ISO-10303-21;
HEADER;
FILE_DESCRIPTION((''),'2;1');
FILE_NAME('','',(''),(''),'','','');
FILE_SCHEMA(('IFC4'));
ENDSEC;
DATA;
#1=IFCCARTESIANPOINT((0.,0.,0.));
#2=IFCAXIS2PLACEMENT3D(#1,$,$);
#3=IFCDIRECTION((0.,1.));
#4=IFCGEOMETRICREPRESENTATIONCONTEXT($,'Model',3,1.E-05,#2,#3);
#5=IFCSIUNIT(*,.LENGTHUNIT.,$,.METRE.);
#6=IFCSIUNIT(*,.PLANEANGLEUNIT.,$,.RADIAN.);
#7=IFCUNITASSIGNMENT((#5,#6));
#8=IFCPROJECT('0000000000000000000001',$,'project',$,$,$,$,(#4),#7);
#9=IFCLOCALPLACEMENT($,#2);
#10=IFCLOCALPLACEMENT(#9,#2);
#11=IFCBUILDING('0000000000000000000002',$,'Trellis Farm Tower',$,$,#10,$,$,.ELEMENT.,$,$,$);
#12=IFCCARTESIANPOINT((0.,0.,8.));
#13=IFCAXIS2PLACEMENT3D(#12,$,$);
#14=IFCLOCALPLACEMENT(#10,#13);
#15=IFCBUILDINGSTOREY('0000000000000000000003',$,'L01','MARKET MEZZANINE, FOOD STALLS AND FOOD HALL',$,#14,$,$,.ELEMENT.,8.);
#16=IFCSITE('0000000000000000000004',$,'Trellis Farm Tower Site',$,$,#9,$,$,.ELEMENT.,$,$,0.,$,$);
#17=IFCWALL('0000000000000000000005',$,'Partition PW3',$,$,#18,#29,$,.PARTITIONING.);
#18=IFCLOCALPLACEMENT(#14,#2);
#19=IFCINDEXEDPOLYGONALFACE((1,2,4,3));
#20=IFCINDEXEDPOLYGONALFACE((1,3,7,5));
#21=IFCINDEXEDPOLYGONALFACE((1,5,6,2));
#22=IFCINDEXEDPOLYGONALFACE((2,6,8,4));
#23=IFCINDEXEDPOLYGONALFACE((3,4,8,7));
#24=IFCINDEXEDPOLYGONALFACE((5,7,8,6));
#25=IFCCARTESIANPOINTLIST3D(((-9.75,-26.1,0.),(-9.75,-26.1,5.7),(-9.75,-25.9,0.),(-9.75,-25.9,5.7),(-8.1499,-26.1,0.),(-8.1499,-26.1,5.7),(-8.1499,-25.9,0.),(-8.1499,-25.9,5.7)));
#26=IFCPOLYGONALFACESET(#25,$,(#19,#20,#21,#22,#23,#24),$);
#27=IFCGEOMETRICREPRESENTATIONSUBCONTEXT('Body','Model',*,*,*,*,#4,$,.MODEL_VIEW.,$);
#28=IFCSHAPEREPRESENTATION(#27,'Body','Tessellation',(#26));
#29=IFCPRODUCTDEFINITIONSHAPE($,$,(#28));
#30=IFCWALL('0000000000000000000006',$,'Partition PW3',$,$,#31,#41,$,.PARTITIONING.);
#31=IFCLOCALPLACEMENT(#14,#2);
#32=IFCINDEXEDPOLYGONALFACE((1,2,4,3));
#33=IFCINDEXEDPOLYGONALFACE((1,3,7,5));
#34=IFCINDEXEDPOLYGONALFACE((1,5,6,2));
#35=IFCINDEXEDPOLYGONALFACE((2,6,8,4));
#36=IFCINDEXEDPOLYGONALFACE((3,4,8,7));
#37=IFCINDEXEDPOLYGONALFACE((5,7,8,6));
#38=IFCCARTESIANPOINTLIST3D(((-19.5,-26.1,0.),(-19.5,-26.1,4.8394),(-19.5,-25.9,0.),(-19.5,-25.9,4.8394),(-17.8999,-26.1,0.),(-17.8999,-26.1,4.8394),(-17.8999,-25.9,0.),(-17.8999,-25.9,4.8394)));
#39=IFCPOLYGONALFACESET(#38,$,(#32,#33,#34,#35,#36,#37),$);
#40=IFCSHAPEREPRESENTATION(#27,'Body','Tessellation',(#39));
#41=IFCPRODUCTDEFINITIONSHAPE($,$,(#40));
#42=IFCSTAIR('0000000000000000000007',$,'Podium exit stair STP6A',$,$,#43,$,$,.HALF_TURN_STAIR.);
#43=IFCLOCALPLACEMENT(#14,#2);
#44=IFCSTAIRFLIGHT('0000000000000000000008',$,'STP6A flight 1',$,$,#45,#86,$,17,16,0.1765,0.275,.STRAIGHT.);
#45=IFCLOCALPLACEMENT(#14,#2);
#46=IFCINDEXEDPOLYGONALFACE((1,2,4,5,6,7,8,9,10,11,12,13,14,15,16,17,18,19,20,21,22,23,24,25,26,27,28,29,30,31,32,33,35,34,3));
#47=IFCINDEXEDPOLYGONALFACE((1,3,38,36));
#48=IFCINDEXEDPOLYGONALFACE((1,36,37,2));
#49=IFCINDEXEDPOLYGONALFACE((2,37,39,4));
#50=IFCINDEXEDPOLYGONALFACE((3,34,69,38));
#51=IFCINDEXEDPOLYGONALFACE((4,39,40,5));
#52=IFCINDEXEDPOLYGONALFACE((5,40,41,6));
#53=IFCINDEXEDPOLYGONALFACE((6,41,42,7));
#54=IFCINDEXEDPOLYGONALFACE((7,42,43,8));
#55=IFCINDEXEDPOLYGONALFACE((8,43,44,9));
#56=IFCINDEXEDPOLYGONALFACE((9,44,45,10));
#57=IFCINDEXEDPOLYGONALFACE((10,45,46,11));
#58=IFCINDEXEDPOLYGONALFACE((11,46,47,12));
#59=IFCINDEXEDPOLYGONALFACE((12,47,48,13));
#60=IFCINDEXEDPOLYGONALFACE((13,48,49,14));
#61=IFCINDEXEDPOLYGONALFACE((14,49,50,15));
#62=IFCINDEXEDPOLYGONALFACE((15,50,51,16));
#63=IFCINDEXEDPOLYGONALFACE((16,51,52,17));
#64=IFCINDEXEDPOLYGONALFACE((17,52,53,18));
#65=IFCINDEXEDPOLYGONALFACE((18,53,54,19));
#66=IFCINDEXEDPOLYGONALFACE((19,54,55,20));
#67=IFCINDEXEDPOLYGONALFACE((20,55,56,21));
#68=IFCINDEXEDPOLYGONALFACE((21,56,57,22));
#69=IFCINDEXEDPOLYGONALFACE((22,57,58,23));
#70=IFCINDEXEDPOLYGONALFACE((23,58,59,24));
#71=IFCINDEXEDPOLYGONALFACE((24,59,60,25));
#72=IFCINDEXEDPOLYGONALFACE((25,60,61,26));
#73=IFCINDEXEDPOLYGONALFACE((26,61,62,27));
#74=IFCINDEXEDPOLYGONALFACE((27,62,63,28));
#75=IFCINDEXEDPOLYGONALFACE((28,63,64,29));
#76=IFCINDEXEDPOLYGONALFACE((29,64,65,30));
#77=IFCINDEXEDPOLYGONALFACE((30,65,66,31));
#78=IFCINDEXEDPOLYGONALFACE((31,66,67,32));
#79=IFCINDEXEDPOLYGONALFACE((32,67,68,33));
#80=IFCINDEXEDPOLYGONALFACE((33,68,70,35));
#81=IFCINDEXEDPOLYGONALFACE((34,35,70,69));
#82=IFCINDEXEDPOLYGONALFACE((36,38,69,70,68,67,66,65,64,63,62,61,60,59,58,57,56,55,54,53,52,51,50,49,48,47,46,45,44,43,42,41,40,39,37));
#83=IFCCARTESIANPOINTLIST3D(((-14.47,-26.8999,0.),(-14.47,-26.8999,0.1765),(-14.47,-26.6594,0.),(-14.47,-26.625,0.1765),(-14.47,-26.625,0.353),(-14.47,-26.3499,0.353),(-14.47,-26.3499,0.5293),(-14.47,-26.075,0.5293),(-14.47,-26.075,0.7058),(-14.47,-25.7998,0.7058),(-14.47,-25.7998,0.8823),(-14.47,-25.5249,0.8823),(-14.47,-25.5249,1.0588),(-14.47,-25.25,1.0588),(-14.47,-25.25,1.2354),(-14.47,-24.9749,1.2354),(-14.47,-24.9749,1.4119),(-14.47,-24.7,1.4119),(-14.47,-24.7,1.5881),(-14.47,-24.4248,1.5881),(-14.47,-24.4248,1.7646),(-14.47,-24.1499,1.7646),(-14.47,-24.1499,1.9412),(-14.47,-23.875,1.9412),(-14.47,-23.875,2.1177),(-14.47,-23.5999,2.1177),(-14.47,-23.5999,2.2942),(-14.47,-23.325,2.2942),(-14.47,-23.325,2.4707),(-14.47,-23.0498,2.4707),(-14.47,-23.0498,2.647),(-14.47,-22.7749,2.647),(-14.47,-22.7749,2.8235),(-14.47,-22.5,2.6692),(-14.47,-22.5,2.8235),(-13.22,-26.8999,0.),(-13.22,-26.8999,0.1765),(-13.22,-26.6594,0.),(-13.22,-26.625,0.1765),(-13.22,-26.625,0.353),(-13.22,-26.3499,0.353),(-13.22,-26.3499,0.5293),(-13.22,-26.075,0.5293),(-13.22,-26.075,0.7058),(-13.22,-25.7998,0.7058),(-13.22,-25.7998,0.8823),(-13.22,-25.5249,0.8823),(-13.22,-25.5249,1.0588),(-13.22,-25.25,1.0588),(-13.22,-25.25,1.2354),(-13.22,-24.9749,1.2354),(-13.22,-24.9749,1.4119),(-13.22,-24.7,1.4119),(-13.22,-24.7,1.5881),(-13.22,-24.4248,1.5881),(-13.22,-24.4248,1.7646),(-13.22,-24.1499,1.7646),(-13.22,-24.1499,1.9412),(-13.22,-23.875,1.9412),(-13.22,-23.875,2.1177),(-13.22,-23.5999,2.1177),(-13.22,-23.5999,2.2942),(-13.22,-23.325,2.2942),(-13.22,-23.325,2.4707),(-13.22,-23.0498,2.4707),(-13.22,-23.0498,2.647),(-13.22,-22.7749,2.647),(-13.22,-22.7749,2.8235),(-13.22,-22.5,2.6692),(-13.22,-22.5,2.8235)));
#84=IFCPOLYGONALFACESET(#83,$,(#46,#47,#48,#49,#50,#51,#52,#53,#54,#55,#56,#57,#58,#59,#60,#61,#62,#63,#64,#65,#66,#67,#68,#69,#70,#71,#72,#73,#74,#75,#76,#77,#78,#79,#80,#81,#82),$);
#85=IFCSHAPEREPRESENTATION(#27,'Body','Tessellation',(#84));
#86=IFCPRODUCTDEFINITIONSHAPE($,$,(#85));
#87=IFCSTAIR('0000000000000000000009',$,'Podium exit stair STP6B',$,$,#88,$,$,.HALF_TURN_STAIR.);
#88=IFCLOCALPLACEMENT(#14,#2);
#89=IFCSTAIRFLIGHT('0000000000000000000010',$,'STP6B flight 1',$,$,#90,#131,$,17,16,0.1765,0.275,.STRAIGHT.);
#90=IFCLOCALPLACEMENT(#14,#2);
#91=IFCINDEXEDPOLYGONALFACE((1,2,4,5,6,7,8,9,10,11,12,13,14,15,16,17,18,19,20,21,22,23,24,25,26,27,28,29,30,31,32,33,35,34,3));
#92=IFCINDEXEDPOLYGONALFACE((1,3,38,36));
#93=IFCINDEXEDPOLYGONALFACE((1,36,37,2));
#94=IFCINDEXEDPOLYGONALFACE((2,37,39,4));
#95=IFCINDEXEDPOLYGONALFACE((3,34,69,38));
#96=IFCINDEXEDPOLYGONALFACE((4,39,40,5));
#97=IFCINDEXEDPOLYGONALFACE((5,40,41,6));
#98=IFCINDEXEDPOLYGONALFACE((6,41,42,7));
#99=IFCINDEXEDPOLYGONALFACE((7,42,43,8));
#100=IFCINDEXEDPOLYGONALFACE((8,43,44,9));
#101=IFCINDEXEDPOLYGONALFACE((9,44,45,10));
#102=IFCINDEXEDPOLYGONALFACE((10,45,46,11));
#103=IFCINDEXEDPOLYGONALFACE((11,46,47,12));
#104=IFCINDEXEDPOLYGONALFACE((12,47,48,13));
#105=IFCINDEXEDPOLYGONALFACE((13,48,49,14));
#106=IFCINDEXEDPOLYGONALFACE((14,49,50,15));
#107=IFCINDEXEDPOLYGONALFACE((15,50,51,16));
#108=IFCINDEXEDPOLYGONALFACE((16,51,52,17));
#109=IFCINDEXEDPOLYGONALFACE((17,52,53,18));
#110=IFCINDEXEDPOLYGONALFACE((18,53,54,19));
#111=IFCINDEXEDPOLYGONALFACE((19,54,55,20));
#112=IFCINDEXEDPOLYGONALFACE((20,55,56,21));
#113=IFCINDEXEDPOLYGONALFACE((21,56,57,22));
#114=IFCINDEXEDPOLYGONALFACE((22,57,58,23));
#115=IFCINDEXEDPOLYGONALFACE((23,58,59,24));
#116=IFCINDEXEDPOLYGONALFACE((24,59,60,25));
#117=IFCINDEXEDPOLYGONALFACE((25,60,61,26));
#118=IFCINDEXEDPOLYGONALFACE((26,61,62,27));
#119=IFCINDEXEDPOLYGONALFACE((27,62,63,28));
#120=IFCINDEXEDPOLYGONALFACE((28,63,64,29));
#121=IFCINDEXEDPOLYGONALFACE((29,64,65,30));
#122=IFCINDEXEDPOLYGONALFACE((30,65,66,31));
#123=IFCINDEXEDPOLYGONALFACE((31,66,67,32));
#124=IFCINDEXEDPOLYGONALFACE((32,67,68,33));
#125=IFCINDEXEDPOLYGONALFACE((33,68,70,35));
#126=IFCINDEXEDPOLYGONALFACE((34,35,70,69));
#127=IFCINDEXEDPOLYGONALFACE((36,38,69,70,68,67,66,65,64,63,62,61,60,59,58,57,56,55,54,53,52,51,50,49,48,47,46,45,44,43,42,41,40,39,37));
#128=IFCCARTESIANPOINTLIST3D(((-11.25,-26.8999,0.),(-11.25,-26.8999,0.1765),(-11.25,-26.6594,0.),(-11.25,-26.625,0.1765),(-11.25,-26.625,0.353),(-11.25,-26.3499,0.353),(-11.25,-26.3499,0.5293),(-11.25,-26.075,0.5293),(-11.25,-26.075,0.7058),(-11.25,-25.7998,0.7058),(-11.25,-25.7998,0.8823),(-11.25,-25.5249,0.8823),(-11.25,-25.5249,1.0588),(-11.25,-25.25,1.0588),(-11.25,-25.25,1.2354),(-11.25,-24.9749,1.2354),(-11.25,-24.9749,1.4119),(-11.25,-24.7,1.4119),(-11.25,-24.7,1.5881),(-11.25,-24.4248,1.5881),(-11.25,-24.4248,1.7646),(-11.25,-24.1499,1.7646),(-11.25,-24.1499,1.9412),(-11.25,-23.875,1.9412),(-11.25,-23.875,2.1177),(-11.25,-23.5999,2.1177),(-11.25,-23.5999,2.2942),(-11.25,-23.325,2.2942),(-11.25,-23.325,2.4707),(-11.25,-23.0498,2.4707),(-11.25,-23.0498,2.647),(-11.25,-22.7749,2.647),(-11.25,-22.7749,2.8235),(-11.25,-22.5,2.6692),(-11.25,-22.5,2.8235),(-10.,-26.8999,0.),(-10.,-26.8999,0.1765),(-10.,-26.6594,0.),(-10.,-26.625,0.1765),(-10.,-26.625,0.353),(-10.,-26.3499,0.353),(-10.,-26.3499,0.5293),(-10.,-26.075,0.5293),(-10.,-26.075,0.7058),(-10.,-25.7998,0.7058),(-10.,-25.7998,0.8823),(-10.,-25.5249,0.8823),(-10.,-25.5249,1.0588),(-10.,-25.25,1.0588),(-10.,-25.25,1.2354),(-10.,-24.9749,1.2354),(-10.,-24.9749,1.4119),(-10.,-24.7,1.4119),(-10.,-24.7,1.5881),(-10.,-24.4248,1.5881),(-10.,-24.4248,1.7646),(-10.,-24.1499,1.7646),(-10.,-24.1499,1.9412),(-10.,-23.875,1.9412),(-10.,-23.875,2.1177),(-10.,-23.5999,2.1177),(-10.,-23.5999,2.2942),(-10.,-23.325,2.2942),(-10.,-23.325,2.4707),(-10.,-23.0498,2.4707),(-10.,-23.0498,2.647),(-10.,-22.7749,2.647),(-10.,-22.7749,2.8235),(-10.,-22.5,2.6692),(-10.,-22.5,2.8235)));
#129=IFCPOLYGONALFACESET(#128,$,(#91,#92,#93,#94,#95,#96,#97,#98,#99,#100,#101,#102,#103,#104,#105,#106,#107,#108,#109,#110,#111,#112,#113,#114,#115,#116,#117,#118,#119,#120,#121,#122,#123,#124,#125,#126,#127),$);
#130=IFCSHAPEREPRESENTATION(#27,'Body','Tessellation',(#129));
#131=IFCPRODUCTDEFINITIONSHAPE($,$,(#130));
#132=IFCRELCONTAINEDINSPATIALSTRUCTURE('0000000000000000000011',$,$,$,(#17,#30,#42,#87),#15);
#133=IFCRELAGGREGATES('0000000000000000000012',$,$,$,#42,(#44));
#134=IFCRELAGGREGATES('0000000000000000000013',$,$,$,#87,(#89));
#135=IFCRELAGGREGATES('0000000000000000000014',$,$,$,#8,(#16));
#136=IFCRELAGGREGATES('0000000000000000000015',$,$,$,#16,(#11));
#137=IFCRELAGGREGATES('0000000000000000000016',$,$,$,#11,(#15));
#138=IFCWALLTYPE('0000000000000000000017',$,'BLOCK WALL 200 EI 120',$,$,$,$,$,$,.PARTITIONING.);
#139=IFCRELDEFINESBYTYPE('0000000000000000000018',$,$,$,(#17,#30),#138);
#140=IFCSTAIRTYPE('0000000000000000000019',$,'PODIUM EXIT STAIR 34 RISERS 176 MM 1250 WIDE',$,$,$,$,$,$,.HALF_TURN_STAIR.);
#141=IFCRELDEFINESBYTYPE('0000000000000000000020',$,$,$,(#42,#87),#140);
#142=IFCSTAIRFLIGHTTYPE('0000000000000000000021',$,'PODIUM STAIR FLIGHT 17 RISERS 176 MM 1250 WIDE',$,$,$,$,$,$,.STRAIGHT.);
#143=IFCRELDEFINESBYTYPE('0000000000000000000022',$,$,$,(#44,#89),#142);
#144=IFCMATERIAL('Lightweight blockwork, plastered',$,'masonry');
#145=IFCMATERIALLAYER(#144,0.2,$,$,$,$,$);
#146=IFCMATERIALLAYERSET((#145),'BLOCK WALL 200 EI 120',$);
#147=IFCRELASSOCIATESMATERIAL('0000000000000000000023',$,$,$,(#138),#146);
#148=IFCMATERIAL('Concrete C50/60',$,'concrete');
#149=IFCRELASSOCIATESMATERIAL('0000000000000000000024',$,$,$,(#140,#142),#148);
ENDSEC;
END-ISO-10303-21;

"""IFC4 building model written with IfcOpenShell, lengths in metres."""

from ifc_helpers import new_model, si_unit, direction, frame, frame_2d, origin, place, context, subcontext, project, spatial, polyline, rectangle, outline, extrude, source, transform, mapped, material, layer, layer_set, type_object, element, aggregate, save


model = new_model("IFC4")

# Units and contexts
model_context = context("Model", 3, precision=1e-05, world=origin(), true_north=direction((0.0, 1.0)))
body_context = subcontext(model_context, "Body", "Model", "MODEL_VIEW")
ifc_project = project(units=[si_unit("LENGTHUNIT", "METRE"), si_unit("PLANEANGLEUNIT", "RADIAN")], contexts=[model_context])

# Site, building, storey
site_placement = place(None, origin())
site = spatial("IfcSite", under=ifc_project, at=site_placement, Name="Trellis Farm Tower Site", CompositionType="ELEMENT", RefElevation=0.0)
building_placement = place(site_placement, origin())
building = spatial("IfcBuilding", under=site, at=building_placement, Name="Trellis Farm Tower", CompositionType="ELEMENT")
storey_placement = place(building_placement, frame((0.0, 0.0, 8.0)))
storey = spatial("IfcBuildingStorey", under=building, at=storey_placement, Name="L01", Description="MARKET MEZZANINE, FOOD STALLS AND FOOD HALL", CompositionType="ELEMENT", Elevation=8.0)

# Shared definitions
ifc_material_1 = material(Name="Lightweight blockwork, plastered", Category="masonry")
ifc_layer_1 = layer(ifc_material_1, 0.2)
ifc_layer_set_1 = layer_set([ifc_layer_1], Name="BLOCK WALL 200 EI 120")
wall_type_1 = type_object("IfcWallType", Name="BLOCK WALL 200 EI 120", PredefinedType="PARTITIONING", material=ifc_layer_set_1)

# Walls
shared_shape_1 = source(origin(), body_context, "Body", "SweptSolid", [
    extrude(rectangle(XDim=1.6001, YDim=0.2, at=frame_2d((0.8, 0.0))), origin(), (0.0, 0.0, 1.0), 5.7),
])
wall_1_placement = place(storey_placement, frame((-9.75, -26.0, 0.0), z_axis=(0.0, 0.0, 1.0), x_axis=(1.0, 0.0, 0.0)))
element("IfcWall", 1, at=wall_1_placement, inside=storey, type_object=wall_type_1, Name="Partition PW3", PredefinedType="PARTITIONING", context=body_context, shape_type="MappedRepresentation", body=[
    mapped(shared_shape_1, transform((0.0, 0.0, 0.0))),
])
shared_shape_2 = source(origin(), body_context, "Body", "SweptSolid", [
    extrude(rectangle(XDim=1.6001, YDim=0.2, at=frame_2d((0.8, 0.0))), origin(), (0.0, 0.0, 1.0), 4.8394),
])
wall_2_placement = place(storey_placement, frame((-19.5, -26.0, 0.0), z_axis=(0.0, 0.0, 1.0), x_axis=(1.0, 0.0, 0.0)))
element("IfcWall", 2, at=wall_2_placement, inside=storey, type_object=wall_type_1, Name="Partition PW3", PredefinedType="PARTITIONING", context=body_context, shape_type="MappedRepresentation", body=[
    mapped(shared_shape_2, transform((0.0, 0.0, 0.0))),
])

# Stairs, stair flights
ifc_material_2 = material(Name="Concrete C50/60", Category="concrete")
stair_type = type_object("IfcStairType", Name="PODIUM EXIT STAIR 34 RISERS 176 MM 1250 WIDE", PredefinedType="HALF_TURN_STAIR", material=ifc_material_2)
placement = place(storey_placement, origin())
stair_1 = element("IfcStair", 3, at=placement, inside=storey, type_object=stair_type, Name="Podium exit stair STP6A", PredefinedType="HALF_TURN_STAIR")
stair_flight_type = type_object("IfcStairFlightType", Name="PODIUM STAIR FLIGHT 17 RISERS 176 MM 1250 WIDE", PredefinedType="STRAIGHT", material=ifc_material_2)
shared_shape_3 = source(origin(), body_context, "Body", "SweptSolid", [
    extrude(outline(polyline([(0.0, 0.0), (0.0, 0.1765), (0.2749, 0.1765), (0.2749, 0.353), (0.55, 0.353), (0.55, 0.5293), (0.825, 0.5293), (0.825, 0.7058), (1.1001, 0.7058), (1.1001, 0.8823), (1.375, 0.8823), (1.375, 1.0588), (1.6499, 1.0588), (1.6499, 1.2354), (1.925, 1.2354), (1.925, 1.4119), (2.2, 1.4119), (2.2, 1.5881), (2.4751, 1.5881), (2.4751, 1.7646), (2.75, 1.7646), (2.75, 1.9412), (3.0249, 1.9412), (3.0249, 2.1177), (3.3, 2.1177), (3.3, 2.2942), (3.575, 2.2942), (3.575, 2.4707), (3.8501, 2.4707), (3.8501, 2.647), (4.125, 2.647), (4.125, 2.8235), (4.3999, 2.8235), (4.3999, 3.0), (4.3999, 2.6692), (0.2405, 0.0), (0.0, 0.0)])), frame((0.0, 0.625, 0.0), z_axis=(0.0, -1.0, 0.0), x_axis=(1.0, 0.0, 0.0)), (0.0, 0.0, 1.0), 1.25),
])
stair_flight_1_placement = place(storey_placement, frame((-13.845, -26.8999, 0.0), z_axis=(0.0, 0.0, 1.0), x_axis=(0.0, 1.0, 0.0)))
stair_flight_1 = element("IfcStairFlight", 4, at=stair_flight_1_placement, type_object=stair_flight_type, Name="STP6A flight 1", NumberOfRisers=17, NumberOfTreads=16, PredefinedType="STRAIGHT", RiserHeight=0.1765, TreadLength=0.275, context=body_context, shape_type="MappedRepresentation", body=[
    mapped(shared_shape_3, transform((0.0, 0.0, 0.0))),
])
aggregate(stair_1, [stair_flight_1])
stair_2 = element("IfcStair", 5, at=placement, inside=storey, type_object=stair_type, Name="Podium exit stair STP6B", PredefinedType="HALF_TURN_STAIR")
stair_flight_2_placement = place(storey_placement, frame((-10.625, -26.8999, 0.0), z_axis=(0.0, 0.0, 1.0), x_axis=(0.0, 1.0, 0.0)))
stair_flight_2 = element("IfcStairFlight", 6, at=stair_flight_2_placement, type_object=stair_flight_type, Name="STP6B flight 1", NumberOfRisers=17, NumberOfTreads=16, PredefinedType="STRAIGHT", RiserHeight=0.1765, TreadLength=0.275, context=body_context, shape_type="MappedRepresentation", body=[
    mapped(shared_shape_3, transform((0.0, 0.0, 0.0))),
])
aggregate(stair_2, [stair_flight_2])

save(model, "model.ifc")
